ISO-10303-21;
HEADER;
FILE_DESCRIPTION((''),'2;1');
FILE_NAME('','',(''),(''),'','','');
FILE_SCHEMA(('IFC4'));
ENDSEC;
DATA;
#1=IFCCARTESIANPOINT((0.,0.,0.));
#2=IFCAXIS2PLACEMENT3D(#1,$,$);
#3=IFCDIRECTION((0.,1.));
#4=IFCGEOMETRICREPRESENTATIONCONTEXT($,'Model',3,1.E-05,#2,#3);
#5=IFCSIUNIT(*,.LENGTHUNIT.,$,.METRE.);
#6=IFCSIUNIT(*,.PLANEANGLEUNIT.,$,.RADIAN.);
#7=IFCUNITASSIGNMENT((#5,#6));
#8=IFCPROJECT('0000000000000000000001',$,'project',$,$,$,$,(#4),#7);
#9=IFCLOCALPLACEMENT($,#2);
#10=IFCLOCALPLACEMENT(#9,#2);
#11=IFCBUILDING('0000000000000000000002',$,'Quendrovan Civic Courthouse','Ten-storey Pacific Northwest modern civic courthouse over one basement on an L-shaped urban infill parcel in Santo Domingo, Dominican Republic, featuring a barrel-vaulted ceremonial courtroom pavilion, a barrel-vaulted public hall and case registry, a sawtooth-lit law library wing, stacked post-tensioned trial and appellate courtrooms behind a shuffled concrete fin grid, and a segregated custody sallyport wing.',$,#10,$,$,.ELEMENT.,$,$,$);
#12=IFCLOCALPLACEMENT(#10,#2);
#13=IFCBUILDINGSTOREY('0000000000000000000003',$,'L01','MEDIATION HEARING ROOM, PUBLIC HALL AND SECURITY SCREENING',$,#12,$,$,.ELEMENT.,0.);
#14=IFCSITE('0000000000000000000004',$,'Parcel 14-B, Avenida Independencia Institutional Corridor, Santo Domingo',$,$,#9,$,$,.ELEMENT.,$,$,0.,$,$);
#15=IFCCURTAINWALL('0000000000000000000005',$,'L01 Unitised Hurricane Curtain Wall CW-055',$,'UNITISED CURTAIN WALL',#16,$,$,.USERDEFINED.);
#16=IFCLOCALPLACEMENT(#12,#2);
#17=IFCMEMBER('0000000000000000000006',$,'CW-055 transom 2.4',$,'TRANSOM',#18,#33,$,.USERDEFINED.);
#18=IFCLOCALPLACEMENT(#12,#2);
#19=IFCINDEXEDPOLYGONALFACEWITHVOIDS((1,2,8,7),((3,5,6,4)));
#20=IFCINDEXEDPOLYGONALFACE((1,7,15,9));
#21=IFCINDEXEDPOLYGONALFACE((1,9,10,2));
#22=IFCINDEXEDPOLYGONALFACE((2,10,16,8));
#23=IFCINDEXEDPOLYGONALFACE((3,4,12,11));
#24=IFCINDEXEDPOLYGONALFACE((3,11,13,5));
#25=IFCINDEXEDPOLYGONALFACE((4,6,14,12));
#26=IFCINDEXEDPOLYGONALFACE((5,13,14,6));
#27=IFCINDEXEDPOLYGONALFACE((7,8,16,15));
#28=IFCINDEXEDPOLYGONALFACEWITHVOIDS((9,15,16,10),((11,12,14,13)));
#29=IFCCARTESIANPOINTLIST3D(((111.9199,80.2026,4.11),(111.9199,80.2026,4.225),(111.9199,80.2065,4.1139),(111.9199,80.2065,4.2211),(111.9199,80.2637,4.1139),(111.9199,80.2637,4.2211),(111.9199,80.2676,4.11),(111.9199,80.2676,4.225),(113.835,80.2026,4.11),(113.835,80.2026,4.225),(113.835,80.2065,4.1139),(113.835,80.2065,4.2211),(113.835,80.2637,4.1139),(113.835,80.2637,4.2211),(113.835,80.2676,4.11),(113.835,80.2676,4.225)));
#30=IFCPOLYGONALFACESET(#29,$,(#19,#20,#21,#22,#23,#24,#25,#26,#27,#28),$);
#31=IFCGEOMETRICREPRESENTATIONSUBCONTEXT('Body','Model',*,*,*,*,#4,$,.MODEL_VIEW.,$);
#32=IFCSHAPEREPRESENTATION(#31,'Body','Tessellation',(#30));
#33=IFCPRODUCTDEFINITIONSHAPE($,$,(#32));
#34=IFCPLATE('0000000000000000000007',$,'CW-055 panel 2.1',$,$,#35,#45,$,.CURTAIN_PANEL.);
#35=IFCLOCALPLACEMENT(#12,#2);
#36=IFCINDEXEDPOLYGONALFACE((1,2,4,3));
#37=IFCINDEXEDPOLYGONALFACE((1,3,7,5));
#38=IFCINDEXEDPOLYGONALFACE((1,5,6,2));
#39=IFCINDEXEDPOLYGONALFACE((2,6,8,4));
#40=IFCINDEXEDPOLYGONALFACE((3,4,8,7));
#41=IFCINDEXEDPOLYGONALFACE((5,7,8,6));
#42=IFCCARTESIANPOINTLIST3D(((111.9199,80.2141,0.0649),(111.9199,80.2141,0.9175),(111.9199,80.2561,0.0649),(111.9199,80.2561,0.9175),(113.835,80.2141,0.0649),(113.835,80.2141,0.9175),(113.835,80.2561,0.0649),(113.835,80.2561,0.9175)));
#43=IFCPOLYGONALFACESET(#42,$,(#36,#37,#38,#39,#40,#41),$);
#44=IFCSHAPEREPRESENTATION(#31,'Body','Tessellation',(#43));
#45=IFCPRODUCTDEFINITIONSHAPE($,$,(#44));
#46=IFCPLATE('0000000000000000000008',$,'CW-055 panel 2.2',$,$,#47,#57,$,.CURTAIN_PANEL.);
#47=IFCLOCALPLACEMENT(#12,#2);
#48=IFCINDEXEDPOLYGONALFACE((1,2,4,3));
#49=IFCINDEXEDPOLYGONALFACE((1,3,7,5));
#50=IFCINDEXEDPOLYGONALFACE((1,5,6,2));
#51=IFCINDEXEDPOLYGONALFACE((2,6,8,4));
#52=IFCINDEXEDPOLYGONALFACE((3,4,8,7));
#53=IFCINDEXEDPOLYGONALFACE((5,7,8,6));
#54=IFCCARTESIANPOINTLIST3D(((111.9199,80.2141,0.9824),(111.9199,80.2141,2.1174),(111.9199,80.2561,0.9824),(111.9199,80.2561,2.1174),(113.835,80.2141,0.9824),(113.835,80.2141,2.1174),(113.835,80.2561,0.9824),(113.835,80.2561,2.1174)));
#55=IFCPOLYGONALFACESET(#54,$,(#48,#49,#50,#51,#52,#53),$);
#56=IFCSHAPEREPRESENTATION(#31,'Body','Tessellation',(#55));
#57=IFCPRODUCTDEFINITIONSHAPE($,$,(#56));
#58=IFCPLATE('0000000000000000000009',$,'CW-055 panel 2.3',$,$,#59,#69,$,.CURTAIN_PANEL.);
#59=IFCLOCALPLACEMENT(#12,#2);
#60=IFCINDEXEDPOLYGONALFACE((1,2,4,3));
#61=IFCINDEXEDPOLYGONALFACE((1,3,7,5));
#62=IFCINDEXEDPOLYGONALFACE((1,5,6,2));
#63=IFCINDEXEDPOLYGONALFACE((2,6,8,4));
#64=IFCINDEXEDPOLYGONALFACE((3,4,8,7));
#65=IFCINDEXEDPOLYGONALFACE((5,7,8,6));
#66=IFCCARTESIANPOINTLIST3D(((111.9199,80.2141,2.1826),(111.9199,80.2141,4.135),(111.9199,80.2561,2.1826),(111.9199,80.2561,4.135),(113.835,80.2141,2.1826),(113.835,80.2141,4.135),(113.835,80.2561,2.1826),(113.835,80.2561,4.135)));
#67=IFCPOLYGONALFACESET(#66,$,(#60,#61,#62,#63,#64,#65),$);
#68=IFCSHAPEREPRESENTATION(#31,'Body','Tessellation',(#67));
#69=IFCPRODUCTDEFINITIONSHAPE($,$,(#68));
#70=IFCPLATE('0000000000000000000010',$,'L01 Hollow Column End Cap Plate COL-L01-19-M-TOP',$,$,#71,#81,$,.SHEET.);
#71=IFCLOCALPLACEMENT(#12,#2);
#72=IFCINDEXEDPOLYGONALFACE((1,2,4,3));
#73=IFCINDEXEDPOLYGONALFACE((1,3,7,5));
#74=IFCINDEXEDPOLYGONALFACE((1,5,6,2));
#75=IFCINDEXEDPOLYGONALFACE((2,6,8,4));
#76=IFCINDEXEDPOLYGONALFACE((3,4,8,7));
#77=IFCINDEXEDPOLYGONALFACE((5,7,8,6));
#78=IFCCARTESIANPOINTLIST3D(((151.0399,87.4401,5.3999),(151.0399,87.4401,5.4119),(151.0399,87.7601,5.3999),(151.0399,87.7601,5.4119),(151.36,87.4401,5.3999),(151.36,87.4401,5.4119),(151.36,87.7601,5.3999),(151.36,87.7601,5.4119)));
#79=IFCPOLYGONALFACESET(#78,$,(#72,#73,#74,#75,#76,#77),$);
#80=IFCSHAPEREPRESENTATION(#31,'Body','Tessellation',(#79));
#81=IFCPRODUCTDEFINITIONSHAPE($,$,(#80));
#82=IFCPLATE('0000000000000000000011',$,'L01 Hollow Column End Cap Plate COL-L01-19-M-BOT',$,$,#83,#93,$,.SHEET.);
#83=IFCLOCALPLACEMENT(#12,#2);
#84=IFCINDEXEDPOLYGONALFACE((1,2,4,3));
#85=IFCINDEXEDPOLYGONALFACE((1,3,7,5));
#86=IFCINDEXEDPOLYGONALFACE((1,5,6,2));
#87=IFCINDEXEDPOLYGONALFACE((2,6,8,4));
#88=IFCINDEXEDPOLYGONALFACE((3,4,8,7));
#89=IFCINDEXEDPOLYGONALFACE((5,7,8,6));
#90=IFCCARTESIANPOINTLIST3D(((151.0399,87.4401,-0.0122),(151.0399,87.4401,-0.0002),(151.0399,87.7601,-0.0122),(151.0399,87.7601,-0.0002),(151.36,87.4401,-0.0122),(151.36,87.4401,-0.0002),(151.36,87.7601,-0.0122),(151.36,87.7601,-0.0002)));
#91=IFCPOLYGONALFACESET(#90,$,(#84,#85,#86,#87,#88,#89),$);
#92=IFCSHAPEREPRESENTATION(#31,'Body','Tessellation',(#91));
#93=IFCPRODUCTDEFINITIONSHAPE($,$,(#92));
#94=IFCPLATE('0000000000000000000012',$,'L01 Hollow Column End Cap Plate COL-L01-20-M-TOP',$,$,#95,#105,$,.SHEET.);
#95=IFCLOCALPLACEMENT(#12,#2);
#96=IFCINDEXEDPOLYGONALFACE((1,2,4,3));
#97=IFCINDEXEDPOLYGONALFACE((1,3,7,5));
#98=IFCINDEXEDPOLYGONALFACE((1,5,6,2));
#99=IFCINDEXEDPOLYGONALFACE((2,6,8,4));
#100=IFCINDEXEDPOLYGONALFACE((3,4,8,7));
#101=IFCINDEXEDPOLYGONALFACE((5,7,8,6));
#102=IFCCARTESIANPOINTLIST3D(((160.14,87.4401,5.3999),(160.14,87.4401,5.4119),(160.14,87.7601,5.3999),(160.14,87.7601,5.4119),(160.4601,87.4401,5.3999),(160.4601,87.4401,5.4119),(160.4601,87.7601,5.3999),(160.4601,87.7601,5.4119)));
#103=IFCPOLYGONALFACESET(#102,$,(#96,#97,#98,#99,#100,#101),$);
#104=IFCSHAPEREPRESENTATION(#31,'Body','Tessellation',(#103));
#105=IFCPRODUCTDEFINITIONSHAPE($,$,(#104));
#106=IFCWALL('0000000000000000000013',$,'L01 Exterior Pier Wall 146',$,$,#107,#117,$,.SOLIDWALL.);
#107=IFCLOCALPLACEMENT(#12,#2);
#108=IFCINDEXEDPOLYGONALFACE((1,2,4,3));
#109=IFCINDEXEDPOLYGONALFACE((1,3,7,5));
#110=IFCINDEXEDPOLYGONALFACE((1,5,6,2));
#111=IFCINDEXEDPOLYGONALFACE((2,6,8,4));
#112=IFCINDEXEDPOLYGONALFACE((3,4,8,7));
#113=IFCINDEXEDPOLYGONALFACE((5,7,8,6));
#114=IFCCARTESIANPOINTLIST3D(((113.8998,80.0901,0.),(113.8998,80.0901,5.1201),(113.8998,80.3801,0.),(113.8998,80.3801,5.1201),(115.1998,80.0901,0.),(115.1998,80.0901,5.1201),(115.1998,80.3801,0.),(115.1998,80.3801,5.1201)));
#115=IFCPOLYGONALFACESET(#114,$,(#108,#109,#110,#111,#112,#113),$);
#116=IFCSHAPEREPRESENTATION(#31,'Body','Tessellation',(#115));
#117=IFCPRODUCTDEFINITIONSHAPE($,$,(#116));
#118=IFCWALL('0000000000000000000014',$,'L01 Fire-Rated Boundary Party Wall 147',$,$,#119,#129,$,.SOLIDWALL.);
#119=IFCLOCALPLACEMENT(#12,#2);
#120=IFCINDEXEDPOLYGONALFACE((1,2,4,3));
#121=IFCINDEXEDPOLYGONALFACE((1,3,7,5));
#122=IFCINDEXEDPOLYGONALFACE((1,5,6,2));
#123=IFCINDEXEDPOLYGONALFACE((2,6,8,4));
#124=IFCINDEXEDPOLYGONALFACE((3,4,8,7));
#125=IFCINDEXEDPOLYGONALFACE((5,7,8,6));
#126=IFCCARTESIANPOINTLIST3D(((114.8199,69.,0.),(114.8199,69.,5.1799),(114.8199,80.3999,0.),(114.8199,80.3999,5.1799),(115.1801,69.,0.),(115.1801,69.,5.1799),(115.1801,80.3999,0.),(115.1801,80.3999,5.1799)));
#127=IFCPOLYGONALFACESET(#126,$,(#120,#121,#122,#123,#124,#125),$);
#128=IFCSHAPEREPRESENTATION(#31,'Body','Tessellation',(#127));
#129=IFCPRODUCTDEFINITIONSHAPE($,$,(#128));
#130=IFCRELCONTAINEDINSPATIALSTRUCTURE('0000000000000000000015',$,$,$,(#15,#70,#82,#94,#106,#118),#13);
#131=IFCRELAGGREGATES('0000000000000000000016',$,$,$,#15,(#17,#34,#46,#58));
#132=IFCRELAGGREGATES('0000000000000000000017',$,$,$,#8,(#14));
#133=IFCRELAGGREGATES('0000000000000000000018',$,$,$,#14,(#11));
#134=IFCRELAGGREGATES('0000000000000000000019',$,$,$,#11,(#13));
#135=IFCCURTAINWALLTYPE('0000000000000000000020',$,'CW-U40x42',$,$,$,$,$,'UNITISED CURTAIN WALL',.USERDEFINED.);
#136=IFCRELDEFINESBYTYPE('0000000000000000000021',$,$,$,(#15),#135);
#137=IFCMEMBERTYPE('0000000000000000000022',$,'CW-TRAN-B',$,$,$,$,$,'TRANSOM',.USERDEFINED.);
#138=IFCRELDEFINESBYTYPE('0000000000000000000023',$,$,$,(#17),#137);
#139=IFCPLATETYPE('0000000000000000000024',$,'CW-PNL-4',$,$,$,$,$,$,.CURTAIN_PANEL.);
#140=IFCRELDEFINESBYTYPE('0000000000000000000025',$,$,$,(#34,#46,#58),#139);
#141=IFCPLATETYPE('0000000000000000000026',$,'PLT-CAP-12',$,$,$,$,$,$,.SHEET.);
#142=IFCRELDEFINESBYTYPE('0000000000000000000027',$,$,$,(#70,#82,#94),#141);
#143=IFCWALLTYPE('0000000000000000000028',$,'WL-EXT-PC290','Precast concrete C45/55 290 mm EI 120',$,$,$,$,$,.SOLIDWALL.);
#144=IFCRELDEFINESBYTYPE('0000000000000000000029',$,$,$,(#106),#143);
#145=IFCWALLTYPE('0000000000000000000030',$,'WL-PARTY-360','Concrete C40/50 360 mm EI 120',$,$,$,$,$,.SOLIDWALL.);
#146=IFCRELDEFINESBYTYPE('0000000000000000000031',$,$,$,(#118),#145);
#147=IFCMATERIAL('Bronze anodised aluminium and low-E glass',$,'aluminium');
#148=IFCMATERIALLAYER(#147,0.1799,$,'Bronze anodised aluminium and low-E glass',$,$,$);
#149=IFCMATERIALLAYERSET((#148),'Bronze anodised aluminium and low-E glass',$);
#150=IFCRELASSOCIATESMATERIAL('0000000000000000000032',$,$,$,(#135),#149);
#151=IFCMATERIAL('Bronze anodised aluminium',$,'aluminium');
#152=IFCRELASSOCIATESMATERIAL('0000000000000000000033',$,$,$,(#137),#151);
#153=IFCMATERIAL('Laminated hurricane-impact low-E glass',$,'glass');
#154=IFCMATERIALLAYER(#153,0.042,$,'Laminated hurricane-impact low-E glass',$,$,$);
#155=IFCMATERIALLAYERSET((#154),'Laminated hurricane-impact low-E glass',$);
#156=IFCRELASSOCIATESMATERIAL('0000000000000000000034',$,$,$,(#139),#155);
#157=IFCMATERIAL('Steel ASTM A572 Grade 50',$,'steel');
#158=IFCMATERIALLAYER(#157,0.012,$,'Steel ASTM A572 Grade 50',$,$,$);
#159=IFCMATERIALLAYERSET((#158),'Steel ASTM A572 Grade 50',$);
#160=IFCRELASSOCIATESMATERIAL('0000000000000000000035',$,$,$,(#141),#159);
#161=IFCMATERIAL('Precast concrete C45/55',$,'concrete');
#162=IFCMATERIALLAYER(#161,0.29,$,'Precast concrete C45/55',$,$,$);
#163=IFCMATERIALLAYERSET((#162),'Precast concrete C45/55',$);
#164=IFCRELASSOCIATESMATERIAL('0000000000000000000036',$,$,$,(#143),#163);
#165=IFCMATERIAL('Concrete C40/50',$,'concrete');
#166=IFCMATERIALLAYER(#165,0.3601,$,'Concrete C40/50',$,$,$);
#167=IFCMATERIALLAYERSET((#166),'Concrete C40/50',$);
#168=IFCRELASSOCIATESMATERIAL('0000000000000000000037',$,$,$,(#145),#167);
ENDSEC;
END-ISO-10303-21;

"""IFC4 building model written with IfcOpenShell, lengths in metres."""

from ifc_helpers import new_model, si_unit, direction, frame, frame_2d, origin, origin_2d, place, context, subcontext, project, spatial, rectangle, hollow_rectangle, extrude, material, layer, layer_set, material_profile, profile_set, type_object, element, aggregate, save


model = new_model("IFC4")

# Units and contexts
model_context = context("Model", 3, precision=1e-05, world=origin(), true_north=direction((0.0, 1.0)))
body_context = subcontext(model_context, "Body", "Model", "MODEL_VIEW")
ifc_project = project(units=[si_unit("LENGTHUNIT", "METRE"), si_unit("PLANEANGLEUNIT", "RADIAN")], contexts=[model_context])

# Site, building, storey
site_placement = place(None, origin())
site = spatial("IfcSite", under=ifc_project, at=site_placement, Name="Parcel 14-B, Avenida Independencia Institutional Corridor, Santo Domingo", CompositionType="ELEMENT", RefElevation=0.0)
building_placement = place(site_placement, origin())
building = spatial("IfcBuilding", under=site, at=building_placement, Name="Quendrovan Civic Courthouse", Description="Ten-storey Pacific Northwest modern civic courthouse over one basement on an L-shaped urban infill parcel in Santo Domingo, Dominican Republic, featuring a barrel-vaulted ceremonial courtroom pavilion, a barrel-vaulted public hall and case registry, a sawtooth-lit law library wing, stacked post-tensioned trial and appellate courtrooms behind a shuffled concrete fin grid, and a segregated custody sallyport wing.", CompositionType="ELEMENT")
storey_placement = place(building_placement, origin())
storey = spatial("IfcBuildingStorey", under=building, at=storey_placement, Name="L01", Description="MEDIATION HEARING ROOM, PUBLIC HALL AND SECURITY SCREENING", CompositionType="ELEMENT", Elevation=0.0)

# Shared definitions
ifc_material_1 = material(Name="Concrete C40/50", Category="concrete")

# Curtain wall, member, plates
ifc_material_2 = material(Name="Bronze anodised aluminium and low-E glass", Category="aluminium")
ifc_layer_1 = layer(ifc_material_2, 0.1799, Name="Bronze anodised aluminium and low-E glass")
ifc_layer_set_1 = layer_set([ifc_layer_1], Name="Bronze anodised aluminium and low-E glass")
curtain_wall_type = type_object("IfcCurtainWallType", Name="CW-U40x42", ElementType="UNITISED CURTAIN WALL", PredefinedType="USERDEFINED", material=ifc_layer_set_1)
curtain_wall_placement = place(storey_placement, origin())
curtain_wall = element("IfcCurtainWall", 1, at=curtain_wall_placement, inside=storey, type_object=curtain_wall_type, Name="L01 Unitised Hurricane Curtain Wall CW-055", ObjectType="UNITISED CURTAIN WALL", PredefinedType="USERDEFINED")
ifc_material_3 = material(Name="Bronze anodised aluminium", Category="aluminium")
ifc_material_profile_1 = material_profile(ifc_material_3, hollow_rectangle(XDim=0.0649, YDim=0.115, WallThickness=0.0039, at=origin_2d()), Name="CW-TRAN-65x115")
ifc_profile_set_1 = profile_set([ifc_material_profile_1], Name="Bronze anodised aluminium")
member_type_1 = type_object("IfcMemberType", Name="CW-TRAN-B", ElementType="TRANSOM", PredefinedType="USERDEFINED", material=ifc_profile_set_1)
member_1_placement = place(storey_placement, frame((111.9199, 80.2351, 4.1675), z_axis=(1.0, 0.0, 0.0), x_axis=(0.0, 1.0, 0.0)))
member_1 = element("IfcMember", 2, at=member_1_placement, type_object=member_type_1, Name="CW-055 transom 2.4", ObjectType="TRANSOM", PredefinedType="USERDEFINED", context=body_context, shape_type="SweptSolid", body=[
    extrude(hollow_rectangle(XDim=0.0649, YDim=0.115, WallThickness=0.0039, at=origin_2d()), origin(), (0.0, 0.0, 1.0), 1.915),
])
ifc_material_4 = material(Name="Laminated hurricane-impact low-E glass", Category="glass")
ifc_layer_2 = layer(ifc_material_4, 0.042, Name="Laminated hurricane-impact low-E glass")
ifc_layer_set_2 = layer_set([ifc_layer_2], Name="Laminated hurricane-impact low-E glass")
plate_type_1 = type_object("IfcPlateType", Name="CW-PNL-4", PredefinedType="CURTAIN_PANEL", material=ifc_layer_set_2)
plate_1_placement = place(storey_placement, frame((112.8774, 80.2351, 0.0649), z_axis=(0.0, 0.0, 1.0), x_axis=(1.0, 0.0, 0.0)))
plate_1 = element("IfcPlate", 3, at=plate_1_placement, type_object=plate_type_1, Name="CW-055 panel 2.1", PredefinedType="CURTAIN_PANEL", context=body_context, shape_type="SweptSolid", body=[
    extrude(rectangle(XDim=1.915, YDim=0.042, at=origin_2d()), origin(), (0.0, 0.0, 1.0), 0.8525),
])
plate_2_placement = place(storey_placement, frame((112.8774, 80.2351, 0.9824), z_axis=(0.0, 0.0, 1.0), x_axis=(1.0, 0.0, 0.0)))
plate_2 = element("IfcPlate", 4, at=plate_2_placement, type_object=plate_type_1, Name="CW-055 panel 2.2", PredefinedType="CURTAIN_PANEL", context=body_context, shape_type="SweptSolid", body=[
    extrude(rectangle(XDim=1.915, YDim=0.042, at=origin_2d()), origin(), (0.0, 0.0, 1.0), 1.135),
])
plate_3_placement = place(storey_placement, frame((112.8774, 80.2351, 2.1826), z_axis=(0.0, 0.0, 1.0), x_axis=(1.0, 0.0, 0.0)))
plate_3 = element("IfcPlate", 5, at=plate_3_placement, type_object=plate_type_1, Name="CW-055 panel 2.3", PredefinedType="CURTAIN_PANEL", context=body_context, shape_type="SweptSolid", body=[
    extrude(rectangle(XDim=1.915, YDim=0.042, at=origin_2d()), origin(), (0.0, 0.0, 1.0), 1.9524),
])
aggregate(curtain_wall, [member_1, plate_1, plate_2, plate_3])

# Plates
ifc_material_5 = material(Name="Steel ASTM A572 Grade 50", Category="steel")
ifc_layer_3 = layer(ifc_material_5, 0.012, Name="Steel ASTM A572 Grade 50")
ifc_layer_set_3 = layer_set([ifc_layer_3], Name="Steel ASTM A572 Grade 50")
plate_type_2 = type_object("IfcPlateType", Name="PLT-CAP-12", PredefinedType="SHEET", material=ifc_layer_set_3)
for number, where, z_axis, x_axis, name in (
    (6, (151.2, 87.6001, 5.3999), (0.0, 0.0, 1.0), (1.0, 0.0, 0.0), "L01 Hollow Column End Cap Plate COL-L01-19-M-TOP"),
    (7, (151.2, 87.6001, -0.0122), (0.0, 0.0, 1.0), (1.0, 0.0, 0.0), "L01 Hollow Column End Cap Plate COL-L01-19-M-BOT"),
    (8, (160.3, 87.6001, 5.3999), (0.0, 0.0, 1.0), (1.0, 0.0, 0.0), "L01 Hollow Column End Cap Plate COL-L01-20-M-TOP"),
):
    element("IfcPlate", number, at=place(storey_placement, frame(where, z_axis=z_axis, x_axis=x_axis)), inside=storey, type_object=plate_type_2, Name=name, PredefinedType="SHEET", context=body_context, shape_type="SweptSolid", body=[
        extrude(rectangle(XDim=0.3201, YDim=0.3201, at=origin_2d()), origin(), (0.0, 0.0, 1.0), 0.012),
    ])

# Walls
ifc_material_6 = material(Name="Precast concrete C45/55", Category="concrete")
ifc_layer_4 = layer(ifc_material_6, 0.29, Name="Precast concrete C45/55")
ifc_layer_set_4 = layer_set([ifc_layer_4], Name="Precast concrete C45/55")
wall_type_1 = type_object("IfcWallType", Name="WL-EXT-PC290", Description="Precast concrete C45/55 290 mm EI 120", PredefinedType="SOLIDWALL", material=ifc_layer_set_4)
wall_1_placement = place(storey_placement, frame((113.8999, 80.2351, 0.0), z_axis=(0.0, 0.0, 1.0), x_axis=(1.0, 0.0, 0.0)))
element("IfcWall", 9, at=wall_1_placement, inside=storey, type_object=wall_type_1, Name="L01 Exterior Pier Wall 146", PredefinedType="SOLIDWALL", context=body_context, shape_type="SweptSolid", body=[
    extrude(rectangle(XDim=1.3, YDim=0.29, at=frame_2d((0.6499, 0.0))), origin(), (0.0, 0.0, 1.0), 5.1201),
])
ifc_layer_5 = layer(ifc_material_1, 0.3601, Name="Concrete C40/50")
ifc_layer_set_5 = layer_set([ifc_layer_5], Name="Concrete C40/50")
wall_type_2 = type_object("IfcWallType", Name="WL-PARTY-360", Description="Concrete C40/50 360 mm EI 120", PredefinedType="SOLIDWALL", material=ifc_layer_set_5)
wall_2_placement = place(storey_placement, frame((115.0, 80.3999, 0.0), z_axis=(0.0, 0.0, 1.0), x_axis=(0.0, -1.0, 0.0)))
element("IfcWall", 10, at=wall_2_placement, inside=storey, type_object=wall_type_2, Name="L01 Fire-Rated Boundary Party Wall 147", PredefinedType="SOLIDWALL", context=body_context, shape_type="SweptSolid", body=[
    extrude(rectangle(XDim=11.3999, YDim=0.3601, at=frame_2d((5.7, 0.0))), origin(), (0.0, 0.0, 1.0), 5.1799),
])

save(model, "model.ifc")
